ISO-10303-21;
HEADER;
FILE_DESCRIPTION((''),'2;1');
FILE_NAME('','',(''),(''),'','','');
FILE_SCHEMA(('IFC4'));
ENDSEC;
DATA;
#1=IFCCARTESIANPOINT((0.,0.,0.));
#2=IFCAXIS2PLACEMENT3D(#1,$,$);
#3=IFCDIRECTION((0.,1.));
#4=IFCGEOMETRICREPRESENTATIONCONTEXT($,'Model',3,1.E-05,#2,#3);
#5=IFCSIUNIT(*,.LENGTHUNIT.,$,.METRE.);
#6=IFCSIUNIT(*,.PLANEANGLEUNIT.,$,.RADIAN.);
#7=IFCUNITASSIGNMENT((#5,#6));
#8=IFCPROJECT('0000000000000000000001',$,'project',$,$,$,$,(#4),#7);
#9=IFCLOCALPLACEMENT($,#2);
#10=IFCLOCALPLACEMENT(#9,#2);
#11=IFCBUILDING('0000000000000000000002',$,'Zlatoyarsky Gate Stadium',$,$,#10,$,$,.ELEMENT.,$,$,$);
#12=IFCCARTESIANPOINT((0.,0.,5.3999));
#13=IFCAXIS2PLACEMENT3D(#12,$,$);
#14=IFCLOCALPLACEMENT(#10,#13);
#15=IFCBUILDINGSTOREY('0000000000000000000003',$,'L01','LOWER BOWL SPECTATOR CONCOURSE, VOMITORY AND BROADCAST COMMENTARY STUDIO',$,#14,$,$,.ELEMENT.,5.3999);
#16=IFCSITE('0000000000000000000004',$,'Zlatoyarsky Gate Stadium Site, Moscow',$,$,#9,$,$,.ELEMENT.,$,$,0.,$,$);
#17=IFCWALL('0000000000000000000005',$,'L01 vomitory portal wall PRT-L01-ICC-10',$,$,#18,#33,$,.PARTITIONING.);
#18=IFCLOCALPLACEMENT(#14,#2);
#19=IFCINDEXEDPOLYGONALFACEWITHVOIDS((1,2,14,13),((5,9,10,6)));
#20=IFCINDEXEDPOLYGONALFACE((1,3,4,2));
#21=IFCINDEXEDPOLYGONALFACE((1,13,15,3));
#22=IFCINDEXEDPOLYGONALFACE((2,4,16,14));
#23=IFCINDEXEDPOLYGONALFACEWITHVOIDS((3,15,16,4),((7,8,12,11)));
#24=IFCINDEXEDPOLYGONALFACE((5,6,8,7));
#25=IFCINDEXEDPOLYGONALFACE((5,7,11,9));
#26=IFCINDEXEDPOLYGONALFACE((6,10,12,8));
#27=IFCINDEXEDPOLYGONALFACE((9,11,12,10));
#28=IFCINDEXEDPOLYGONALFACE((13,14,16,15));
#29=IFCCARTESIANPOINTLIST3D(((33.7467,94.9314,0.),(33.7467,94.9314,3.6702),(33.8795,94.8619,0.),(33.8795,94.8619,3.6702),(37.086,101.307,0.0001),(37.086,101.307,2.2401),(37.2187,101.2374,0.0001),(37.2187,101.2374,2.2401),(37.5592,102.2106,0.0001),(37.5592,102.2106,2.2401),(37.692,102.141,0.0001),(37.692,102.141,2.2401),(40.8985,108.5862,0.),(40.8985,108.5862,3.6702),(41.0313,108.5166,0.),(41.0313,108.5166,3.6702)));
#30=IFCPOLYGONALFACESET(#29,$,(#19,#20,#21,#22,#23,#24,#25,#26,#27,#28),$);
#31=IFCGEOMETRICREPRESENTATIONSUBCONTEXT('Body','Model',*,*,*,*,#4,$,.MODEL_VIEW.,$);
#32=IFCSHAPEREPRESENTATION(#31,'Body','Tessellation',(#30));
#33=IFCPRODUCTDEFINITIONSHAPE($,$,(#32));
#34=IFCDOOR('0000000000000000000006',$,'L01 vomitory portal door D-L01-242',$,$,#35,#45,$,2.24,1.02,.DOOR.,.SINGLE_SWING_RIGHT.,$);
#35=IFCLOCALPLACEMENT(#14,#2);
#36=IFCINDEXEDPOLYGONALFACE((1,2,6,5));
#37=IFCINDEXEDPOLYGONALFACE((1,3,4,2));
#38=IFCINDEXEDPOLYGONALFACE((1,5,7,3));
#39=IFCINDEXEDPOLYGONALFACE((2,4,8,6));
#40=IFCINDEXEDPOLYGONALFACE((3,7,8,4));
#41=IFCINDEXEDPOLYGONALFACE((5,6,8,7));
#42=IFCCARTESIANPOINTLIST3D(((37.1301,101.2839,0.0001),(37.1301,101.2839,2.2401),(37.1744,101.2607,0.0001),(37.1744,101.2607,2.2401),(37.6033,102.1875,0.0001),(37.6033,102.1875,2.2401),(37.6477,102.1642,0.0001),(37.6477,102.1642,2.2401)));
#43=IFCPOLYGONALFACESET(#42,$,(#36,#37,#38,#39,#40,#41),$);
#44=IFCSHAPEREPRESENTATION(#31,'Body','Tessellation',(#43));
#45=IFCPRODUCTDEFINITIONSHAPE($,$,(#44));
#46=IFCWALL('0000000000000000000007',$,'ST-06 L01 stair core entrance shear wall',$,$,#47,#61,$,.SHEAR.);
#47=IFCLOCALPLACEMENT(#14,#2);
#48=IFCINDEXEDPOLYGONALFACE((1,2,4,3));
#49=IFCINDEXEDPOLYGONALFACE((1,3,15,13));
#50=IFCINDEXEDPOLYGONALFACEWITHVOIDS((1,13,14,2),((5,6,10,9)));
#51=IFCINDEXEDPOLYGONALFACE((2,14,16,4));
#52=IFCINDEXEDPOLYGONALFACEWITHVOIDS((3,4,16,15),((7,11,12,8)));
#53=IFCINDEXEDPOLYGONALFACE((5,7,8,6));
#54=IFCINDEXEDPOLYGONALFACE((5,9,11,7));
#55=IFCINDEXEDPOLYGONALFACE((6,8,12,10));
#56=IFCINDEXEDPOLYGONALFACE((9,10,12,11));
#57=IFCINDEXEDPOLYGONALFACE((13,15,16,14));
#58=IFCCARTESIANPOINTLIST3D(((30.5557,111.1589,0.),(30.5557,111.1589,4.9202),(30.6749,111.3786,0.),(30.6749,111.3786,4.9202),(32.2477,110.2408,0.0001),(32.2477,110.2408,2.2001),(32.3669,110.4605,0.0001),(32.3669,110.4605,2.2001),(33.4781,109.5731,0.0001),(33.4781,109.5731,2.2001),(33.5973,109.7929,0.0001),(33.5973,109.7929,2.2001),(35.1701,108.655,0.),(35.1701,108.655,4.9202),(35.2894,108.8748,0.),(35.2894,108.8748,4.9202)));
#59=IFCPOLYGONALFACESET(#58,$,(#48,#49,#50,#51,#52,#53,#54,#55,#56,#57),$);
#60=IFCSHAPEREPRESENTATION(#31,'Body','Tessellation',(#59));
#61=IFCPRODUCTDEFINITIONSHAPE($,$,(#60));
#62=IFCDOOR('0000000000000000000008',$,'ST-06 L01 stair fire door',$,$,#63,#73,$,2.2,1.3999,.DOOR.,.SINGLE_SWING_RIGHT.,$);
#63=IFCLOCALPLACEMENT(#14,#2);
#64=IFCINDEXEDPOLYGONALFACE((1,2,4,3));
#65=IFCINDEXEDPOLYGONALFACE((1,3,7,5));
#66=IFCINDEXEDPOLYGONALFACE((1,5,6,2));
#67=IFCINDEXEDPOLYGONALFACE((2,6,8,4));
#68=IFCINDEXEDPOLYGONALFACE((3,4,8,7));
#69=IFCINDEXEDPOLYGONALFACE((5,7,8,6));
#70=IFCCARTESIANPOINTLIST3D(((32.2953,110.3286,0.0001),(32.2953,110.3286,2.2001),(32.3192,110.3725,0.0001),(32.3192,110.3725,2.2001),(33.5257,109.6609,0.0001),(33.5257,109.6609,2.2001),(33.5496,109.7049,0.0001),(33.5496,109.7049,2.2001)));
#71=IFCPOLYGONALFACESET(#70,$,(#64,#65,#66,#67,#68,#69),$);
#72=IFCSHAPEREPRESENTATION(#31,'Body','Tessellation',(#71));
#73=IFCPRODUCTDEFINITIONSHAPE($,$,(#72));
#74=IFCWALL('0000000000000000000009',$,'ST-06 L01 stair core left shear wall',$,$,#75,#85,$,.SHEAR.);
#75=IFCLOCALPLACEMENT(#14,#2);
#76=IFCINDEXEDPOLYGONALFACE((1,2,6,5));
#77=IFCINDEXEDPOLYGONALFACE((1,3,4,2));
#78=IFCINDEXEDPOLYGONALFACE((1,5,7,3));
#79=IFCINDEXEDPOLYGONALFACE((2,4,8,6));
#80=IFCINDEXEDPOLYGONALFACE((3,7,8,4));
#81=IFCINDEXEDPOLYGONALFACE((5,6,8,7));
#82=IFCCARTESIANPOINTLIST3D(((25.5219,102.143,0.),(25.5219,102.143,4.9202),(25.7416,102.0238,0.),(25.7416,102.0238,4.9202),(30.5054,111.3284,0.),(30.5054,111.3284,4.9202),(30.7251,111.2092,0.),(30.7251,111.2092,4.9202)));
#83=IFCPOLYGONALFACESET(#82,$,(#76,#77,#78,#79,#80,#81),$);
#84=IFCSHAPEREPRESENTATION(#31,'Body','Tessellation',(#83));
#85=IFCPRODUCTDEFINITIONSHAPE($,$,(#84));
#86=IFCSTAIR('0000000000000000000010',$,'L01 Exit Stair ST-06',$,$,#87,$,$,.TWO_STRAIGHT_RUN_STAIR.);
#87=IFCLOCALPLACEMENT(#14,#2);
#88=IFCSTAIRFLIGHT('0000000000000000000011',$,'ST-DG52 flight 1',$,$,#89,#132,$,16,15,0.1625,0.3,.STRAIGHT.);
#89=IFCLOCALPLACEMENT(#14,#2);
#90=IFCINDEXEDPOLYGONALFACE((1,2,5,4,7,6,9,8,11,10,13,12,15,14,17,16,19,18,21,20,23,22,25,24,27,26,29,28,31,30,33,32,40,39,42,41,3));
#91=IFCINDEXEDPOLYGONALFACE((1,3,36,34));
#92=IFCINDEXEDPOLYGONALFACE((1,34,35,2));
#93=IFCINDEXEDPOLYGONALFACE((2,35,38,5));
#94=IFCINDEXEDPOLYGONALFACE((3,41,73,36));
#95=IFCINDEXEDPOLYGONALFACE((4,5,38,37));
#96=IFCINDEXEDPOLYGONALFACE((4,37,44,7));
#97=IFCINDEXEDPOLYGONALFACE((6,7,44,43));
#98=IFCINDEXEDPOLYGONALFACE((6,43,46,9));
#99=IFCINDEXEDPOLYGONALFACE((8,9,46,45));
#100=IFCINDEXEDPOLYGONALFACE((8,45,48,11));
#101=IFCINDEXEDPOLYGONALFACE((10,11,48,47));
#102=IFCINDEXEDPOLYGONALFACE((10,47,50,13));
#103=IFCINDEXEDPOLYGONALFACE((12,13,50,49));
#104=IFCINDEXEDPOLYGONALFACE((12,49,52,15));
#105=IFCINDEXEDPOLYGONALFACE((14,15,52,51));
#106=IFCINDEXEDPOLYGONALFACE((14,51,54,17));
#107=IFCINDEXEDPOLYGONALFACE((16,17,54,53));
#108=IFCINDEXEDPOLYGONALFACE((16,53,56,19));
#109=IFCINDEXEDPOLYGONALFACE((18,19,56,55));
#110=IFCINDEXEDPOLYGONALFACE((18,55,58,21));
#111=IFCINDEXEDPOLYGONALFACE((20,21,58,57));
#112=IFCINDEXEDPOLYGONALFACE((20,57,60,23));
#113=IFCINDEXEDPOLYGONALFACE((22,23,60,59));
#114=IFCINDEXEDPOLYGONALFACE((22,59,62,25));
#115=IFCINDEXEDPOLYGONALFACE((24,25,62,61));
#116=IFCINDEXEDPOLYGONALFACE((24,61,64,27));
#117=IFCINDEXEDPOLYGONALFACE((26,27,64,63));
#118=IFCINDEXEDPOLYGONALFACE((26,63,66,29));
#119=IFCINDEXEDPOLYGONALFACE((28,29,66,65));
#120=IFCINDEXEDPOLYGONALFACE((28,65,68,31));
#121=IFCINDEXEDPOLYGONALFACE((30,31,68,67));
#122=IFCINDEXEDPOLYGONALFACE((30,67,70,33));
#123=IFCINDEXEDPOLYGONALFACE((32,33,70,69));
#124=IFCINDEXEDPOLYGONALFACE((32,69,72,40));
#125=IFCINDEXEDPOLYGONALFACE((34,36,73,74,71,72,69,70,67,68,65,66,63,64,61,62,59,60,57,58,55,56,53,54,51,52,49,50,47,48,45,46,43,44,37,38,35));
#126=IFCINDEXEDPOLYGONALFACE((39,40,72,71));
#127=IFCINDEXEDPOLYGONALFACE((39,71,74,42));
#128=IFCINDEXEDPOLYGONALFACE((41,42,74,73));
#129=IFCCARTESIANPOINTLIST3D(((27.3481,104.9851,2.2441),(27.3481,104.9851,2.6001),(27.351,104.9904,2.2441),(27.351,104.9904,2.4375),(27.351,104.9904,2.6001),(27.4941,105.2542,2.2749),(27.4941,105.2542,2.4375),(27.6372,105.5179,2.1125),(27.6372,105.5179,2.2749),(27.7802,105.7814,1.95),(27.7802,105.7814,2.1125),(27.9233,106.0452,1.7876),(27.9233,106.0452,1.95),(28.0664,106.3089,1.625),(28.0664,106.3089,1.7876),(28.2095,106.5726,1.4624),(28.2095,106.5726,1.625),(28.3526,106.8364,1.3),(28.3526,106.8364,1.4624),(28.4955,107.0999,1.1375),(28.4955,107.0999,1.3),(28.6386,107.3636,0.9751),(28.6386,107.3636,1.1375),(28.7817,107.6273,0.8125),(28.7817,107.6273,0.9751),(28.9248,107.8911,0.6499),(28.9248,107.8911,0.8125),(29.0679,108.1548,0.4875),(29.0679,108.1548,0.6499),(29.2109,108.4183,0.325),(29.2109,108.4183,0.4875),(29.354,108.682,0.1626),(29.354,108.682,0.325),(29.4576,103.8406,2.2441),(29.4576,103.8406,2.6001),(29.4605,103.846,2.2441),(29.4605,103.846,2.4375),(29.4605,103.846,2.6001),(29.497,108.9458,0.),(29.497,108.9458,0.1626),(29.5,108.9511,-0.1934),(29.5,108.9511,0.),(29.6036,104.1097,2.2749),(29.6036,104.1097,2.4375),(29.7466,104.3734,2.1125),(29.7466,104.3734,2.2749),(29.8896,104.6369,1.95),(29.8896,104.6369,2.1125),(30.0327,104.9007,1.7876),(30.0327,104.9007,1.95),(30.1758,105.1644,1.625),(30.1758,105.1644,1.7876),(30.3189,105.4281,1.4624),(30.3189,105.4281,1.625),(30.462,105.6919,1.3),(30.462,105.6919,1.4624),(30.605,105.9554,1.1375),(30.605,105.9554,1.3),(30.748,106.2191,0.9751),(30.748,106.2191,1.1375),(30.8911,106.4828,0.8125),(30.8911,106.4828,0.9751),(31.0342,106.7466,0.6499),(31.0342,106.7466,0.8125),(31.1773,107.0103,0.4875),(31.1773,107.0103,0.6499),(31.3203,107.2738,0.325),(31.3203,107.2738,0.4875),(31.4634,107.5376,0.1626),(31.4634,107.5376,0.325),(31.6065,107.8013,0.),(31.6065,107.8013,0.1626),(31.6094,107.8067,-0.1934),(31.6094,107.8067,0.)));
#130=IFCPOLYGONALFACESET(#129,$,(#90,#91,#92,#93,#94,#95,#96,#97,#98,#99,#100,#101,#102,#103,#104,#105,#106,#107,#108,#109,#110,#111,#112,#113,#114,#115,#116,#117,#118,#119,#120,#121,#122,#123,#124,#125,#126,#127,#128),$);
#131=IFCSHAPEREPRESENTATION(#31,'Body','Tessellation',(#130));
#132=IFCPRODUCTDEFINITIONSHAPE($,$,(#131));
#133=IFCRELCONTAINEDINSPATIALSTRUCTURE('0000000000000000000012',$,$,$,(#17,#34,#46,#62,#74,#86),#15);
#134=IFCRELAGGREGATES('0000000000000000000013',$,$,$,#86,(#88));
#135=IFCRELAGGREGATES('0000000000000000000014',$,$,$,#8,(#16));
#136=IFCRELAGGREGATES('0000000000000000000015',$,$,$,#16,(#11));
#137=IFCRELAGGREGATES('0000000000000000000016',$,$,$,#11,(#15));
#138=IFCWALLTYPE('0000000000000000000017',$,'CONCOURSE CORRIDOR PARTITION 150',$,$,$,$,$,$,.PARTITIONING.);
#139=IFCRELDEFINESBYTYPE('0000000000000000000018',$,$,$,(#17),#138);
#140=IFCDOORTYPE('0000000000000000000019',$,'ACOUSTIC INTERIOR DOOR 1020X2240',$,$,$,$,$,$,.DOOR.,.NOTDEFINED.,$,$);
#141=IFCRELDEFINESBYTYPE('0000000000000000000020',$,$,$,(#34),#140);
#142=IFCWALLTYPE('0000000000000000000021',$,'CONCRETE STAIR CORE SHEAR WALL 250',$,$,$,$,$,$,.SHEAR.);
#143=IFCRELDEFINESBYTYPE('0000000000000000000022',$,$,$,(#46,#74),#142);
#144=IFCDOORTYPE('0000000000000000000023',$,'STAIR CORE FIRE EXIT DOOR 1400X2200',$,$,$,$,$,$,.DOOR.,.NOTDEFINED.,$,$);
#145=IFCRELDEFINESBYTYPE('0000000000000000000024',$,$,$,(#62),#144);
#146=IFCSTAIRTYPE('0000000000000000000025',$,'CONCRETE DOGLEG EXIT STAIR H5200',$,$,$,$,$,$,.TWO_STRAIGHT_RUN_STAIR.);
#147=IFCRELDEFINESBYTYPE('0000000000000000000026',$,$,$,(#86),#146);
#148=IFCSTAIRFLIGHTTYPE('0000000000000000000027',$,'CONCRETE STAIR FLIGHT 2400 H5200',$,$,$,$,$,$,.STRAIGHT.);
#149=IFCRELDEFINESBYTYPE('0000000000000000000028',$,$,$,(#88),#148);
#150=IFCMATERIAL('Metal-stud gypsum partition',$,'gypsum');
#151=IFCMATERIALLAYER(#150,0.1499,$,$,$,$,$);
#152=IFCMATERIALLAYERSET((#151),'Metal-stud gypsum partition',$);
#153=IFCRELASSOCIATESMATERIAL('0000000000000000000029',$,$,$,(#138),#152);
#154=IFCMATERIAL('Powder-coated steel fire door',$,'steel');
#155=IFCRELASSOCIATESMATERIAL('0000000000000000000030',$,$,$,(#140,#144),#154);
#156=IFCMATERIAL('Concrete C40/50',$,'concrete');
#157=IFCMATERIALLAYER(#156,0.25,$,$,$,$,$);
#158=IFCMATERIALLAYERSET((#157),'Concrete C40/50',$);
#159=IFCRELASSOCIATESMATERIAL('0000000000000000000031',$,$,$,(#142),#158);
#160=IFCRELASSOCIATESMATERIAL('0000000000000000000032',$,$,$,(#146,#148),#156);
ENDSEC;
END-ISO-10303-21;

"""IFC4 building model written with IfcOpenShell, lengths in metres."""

from ifc_helpers import new_model, si_unit, direction, frame, frame_2d, origin, place, context, subcontext, project, spatial, polyline, rectangle, outline, extrude, material, layer, layer_set, type_object, element, fill, aggregate, save


model = new_model("IFC4")

# Units and contexts
model_context = context("Model", 3, precision=1e-05, world=origin(), true_north=direction((0.0, 1.0)))
body_context = subcontext(model_context, "Body", "Model", "MODEL_VIEW")
ifc_project = project(units=[si_unit("LENGTHUNIT", "METRE"), si_unit("PLANEANGLEUNIT", "RADIAN")], contexts=[model_context])

# Site, building, storey
site_placement = place(None, origin())
site = spatial("IfcSite", under=ifc_project, at=site_placement, Name="Zlatoyarsky Gate Stadium Site, Moscow", CompositionType="ELEMENT", RefElevation=0.0)
building_placement = place(site_placement, origin())
building = spatial("IfcBuilding", under=site, at=building_placement, Name="Zlatoyarsky Gate Stadium", CompositionType="ELEMENT")
storey_placement = place(building_placement, frame((0.0, 0.0, 5.3999)))
storey = spatial("IfcBuildingStorey", under=building, at=storey_placement, Name="L01", Description="LOWER BOWL SPECTATOR CONCOURSE, VOMITORY AND BROADCAST COMMENTARY STUDIO", CompositionType="ELEMENT", Elevation=5.3999)

# Shared definitions
ifc_material_1 = material(Name="Concrete C40/50", Category="concrete")

# Walls, openings, doors
ifc_material_2 = material(Name="Metal-stud gypsum partition", Category="gypsum")
ifc_layer_1 = layer(ifc_material_2, 0.1499)
ifc_layer_set_1 = layer_set([ifc_layer_1], Name="Metal-stud gypsum partition")
wall_type_1 = type_object("IfcWallType", Name="CONCOURSE CORRIDOR PARTITION 150", PredefinedType="PARTITIONING", material=ifc_layer_set_1)
wall_1_placement = place(storey_placement, frame((40.9648, 108.5513, 0.0), z_axis=(0.0, 0.0, 1.0), x_axis=(-0.463974, -0.885849, 0.0)))
wall_1 = element("IfcWall", 1, at=wall_1_placement, inside=storey, type_object=wall_type_1, Name="L01 vomitory portal wall PRT-L01-ICC-10", PredefinedType="PARTITIONING", context=body_context, shape_type="SweptSolid", body=[
    extrude(rectangle(XDim=15.4143, YDim=0.1499, at=frame_2d((7.707, 0.0))), origin(), (0.0, 0.0, 1.0), 3.6702),
])
opening_1_placement = place(wall_1_placement, frame((7.197, 0.0, 0.0)))
opening_1 = element("IfcOpeningElement", 2, at=opening_1_placement, cuts=wall_1, PredefinedType="OPENING", context=body_context, shape_type="SweptSolid", body=[
    extrude(rectangle(XDim=1.02, YDim=2.24, at=frame_2d((0.51, 1.1201))), frame((0.0, 0.085, 0.0), z_axis=(0.0, -1.0, 0.0), x_axis=(1.0, 0.0, 0.0)), (0.0, 0.0, 1.0), 0.1699),
])
ifc_material_3 = material(Name="Powder-coated steel fire door", Category="steel")
door_type_1 = type_object("IfcDoorType", Name="ACOUSTIC INTERIOR DOOR 1020X2240", OperationType="NOTDEFINED", PredefinedType="DOOR", material=ifc_material_3)
door_1_placement = place(opening_1_placement, origin())
door_1 = element("IfcDoor", 3, at=door_1_placement, inside=storey, type_object=door_type_1, Name="L01 vomitory portal door D-L01-242", OperationType="SINGLE_SWING_RIGHT", OverallHeight=2.24, OverallWidth=1.02, PredefinedType="DOOR", context=body_context, shape_type="SweptSolid", body=[
    extrude(rectangle(XDim=1.02, YDim=2.24, at=frame_2d((0.51, 1.1201))), frame((0.0, 0.0249, 0.0), z_axis=(0.0, -1.0, 0.0), x_axis=(1.0, 0.0, 0.0)), (0.0, 0.0, 1.0), 0.05),
])
fill(opening_1, door_1)
ifc_layer_2 = layer(ifc_material_1, 0.25)
ifc_layer_set_2 = layer_set([ifc_layer_2], Name="Concrete C40/50")
wall_type_2 = type_object("IfcWallType", Name="CONCRETE STAIR CORE SHEAR WALL 250", PredefinedType="SHEAR", material=ifc_layer_set_2)
wall_2_placement = place(storey_placement, frame((35.2297, 108.7649, 0.0), z_axis=(0.0, 0.0, 1.0), x_axis=(-0.878942, 0.476929, 0.0)))
wall_2 = element("IfcWall", 4, at=wall_2_placement, inside=storey, type_object=wall_type_2, Name="ST-06 L01 stair core entrance shear wall", PredefinedType="SHEAR", context=body_context, shape_type="SweptSolid", body=[
    extrude(rectangle(XDim=5.25, YDim=0.25, at=frame_2d((2.625, 0.0))), origin(), (0.0, 0.0, 1.0), 4.9202),
])
opening_2_placement = place(wall_2_placement, frame((1.925, 0.0, 0.0)))
opening_2 = element("IfcOpeningElement", 5, at=opening_2_placement, cuts=wall_2, PredefinedType="OPENING", context=body_context, shape_type="SweptSolid", body=[
    extrude(rectangle(XDim=1.3999, YDim=2.2, at=frame_2d((0.7, 1.1001))), frame((0.0, 0.135, 0.0), z_axis=(0.0, -1.0, 0.0), x_axis=(1.0, 0.0, 0.0)), (0.0, 0.0, 1.0), 0.27),
])
door_type_2 = type_object("IfcDoorType", Name="STAIR CORE FIRE EXIT DOOR 1400X2200", OperationType="NOTDEFINED", PredefinedType="DOOR", material=ifc_material_3)
door_2_placement = place(opening_2_placement, frame((1.3999, 0.0, 0.0), z_axis=(0.0, 0.0, 1.0), x_axis=(-1.0, 0.0, 0.0)))
door_2 = element("IfcDoor", 6, at=door_2_placement, inside=storey, type_object=door_type_2, Name="ST-06 L01 stair fire door", OperationType="SINGLE_SWING_RIGHT", OverallHeight=2.2, OverallWidth=1.3999, PredefinedType="DOOR", context=body_context, shape_type="SweptSolid", body=[
    extrude(rectangle(XDim=1.3999, YDim=2.2, at=frame_2d((0.7, 1.1001))), frame((0.0, 0.0249, 0.0), z_axis=(0.0, -1.0, 0.0), x_axis=(1.0, 0.0, 0.0)), (0.0, 0.0, 1.0), 0.05),
])
fill(opening_2, door_2)

# Wall
wall_3_placement = place(storey_placement, frame((30.6152, 111.2688, 0.0), z_axis=(0.0, 0.0, 1.0), x_axis=(-0.476877, -0.87897, 0.0)))
element("IfcWall", 7, at=wall_3_placement, inside=storey, type_object=wall_type_2, Name="ST-06 L01 stair core left shear wall", PredefinedType="SHEAR", context=body_context, shape_type="SweptSolid", body=[
    extrude(rectangle(XDim=10.4502, YDim=0.25, at=frame_2d((5.2251, 0.0))), origin(), (0.0, 0.0, 1.0), 4.9202),
])

# Stair, stair flight
stair_type = type_object("IfcStairType", Name="CONCRETE DOGLEG EXIT STAIR H5200", PredefinedType="TWO_STRAIGHT_RUN_STAIR", material=ifc_material_1)
stair_placement = place(storey_placement, origin())
stair = element("IfcStair", 8, at=stair_placement, inside=storey, type_object=stair_type, Name="L01 Exit Stair ST-06", PredefinedType="TWO_STRAIGHT_RUN_STAIR")
stair_flight_type = type_object("IfcStairFlightType", Name="CONCRETE STAIR FLIGHT 2400 H5200", PredefinedType="STRAIGHT", material=ifc_material_1)
stair_flight_placement = place(storey_placement, frame((30.5518, 108.3735, 0.0), z_axis=(0.0, 0.0, 1.0), x_axis=(-0.47689, -0.878963, 0.0)))
stair_flight = element("IfcStairFlight", 9, at=stair_flight_placement, type_object=stair_flight_type, Name="ST-DG52 flight 1", NumberOfRisers=16, NumberOfTreads=15, PredefinedType="STRAIGHT", RiserHeight=0.1625, TreadLength=0.3, context=body_context, shape_type="SweptSolid", body=[
    extrude(outline(polyline([(-0.0061, -0.1934), (-0.0061, 0.0), (0.0, 0.0), (0.0, 0.1626), (0.3, 0.1626), (0.3, 0.325), (0.6001, 0.325), (0.6001, 0.4875), (0.8999, 0.4875), (0.8999, 0.6499), (1.2, 0.6499), (1.2, 0.8125), (1.5, 0.8125), (1.5, 0.9751), (1.8, 0.9751), (1.8, 1.1375), (2.1001, 1.1375), (2.1001, 1.3), (2.3999, 1.3), (2.3999, 1.4624), (2.7, 1.4624), (2.7, 1.625), (3.0, 1.625), (3.0, 1.7876), (3.3, 1.7876), (3.3, 1.95), (3.6001, 1.95), (3.6001, 2.1125), (3.8999, 2.1125), (3.8999, 2.2749), (4.2, 2.2749), (4.2, 2.4375), (4.5, 2.4375), (4.5, 2.6001), (4.5061, 2.6001), (4.5061, 2.2441), (4.5, 2.2441), (-0.0061, -0.1934)])), frame((0.0, 1.2, 0.0), z_axis=(0.0, -1.0, 0.0), x_axis=(1.0, 0.0, 0.0)), (0.0, 0.0, 1.0), 2.3999),
])
aggregate(stair, [stair_flight])

save(model, "model.ifc")
